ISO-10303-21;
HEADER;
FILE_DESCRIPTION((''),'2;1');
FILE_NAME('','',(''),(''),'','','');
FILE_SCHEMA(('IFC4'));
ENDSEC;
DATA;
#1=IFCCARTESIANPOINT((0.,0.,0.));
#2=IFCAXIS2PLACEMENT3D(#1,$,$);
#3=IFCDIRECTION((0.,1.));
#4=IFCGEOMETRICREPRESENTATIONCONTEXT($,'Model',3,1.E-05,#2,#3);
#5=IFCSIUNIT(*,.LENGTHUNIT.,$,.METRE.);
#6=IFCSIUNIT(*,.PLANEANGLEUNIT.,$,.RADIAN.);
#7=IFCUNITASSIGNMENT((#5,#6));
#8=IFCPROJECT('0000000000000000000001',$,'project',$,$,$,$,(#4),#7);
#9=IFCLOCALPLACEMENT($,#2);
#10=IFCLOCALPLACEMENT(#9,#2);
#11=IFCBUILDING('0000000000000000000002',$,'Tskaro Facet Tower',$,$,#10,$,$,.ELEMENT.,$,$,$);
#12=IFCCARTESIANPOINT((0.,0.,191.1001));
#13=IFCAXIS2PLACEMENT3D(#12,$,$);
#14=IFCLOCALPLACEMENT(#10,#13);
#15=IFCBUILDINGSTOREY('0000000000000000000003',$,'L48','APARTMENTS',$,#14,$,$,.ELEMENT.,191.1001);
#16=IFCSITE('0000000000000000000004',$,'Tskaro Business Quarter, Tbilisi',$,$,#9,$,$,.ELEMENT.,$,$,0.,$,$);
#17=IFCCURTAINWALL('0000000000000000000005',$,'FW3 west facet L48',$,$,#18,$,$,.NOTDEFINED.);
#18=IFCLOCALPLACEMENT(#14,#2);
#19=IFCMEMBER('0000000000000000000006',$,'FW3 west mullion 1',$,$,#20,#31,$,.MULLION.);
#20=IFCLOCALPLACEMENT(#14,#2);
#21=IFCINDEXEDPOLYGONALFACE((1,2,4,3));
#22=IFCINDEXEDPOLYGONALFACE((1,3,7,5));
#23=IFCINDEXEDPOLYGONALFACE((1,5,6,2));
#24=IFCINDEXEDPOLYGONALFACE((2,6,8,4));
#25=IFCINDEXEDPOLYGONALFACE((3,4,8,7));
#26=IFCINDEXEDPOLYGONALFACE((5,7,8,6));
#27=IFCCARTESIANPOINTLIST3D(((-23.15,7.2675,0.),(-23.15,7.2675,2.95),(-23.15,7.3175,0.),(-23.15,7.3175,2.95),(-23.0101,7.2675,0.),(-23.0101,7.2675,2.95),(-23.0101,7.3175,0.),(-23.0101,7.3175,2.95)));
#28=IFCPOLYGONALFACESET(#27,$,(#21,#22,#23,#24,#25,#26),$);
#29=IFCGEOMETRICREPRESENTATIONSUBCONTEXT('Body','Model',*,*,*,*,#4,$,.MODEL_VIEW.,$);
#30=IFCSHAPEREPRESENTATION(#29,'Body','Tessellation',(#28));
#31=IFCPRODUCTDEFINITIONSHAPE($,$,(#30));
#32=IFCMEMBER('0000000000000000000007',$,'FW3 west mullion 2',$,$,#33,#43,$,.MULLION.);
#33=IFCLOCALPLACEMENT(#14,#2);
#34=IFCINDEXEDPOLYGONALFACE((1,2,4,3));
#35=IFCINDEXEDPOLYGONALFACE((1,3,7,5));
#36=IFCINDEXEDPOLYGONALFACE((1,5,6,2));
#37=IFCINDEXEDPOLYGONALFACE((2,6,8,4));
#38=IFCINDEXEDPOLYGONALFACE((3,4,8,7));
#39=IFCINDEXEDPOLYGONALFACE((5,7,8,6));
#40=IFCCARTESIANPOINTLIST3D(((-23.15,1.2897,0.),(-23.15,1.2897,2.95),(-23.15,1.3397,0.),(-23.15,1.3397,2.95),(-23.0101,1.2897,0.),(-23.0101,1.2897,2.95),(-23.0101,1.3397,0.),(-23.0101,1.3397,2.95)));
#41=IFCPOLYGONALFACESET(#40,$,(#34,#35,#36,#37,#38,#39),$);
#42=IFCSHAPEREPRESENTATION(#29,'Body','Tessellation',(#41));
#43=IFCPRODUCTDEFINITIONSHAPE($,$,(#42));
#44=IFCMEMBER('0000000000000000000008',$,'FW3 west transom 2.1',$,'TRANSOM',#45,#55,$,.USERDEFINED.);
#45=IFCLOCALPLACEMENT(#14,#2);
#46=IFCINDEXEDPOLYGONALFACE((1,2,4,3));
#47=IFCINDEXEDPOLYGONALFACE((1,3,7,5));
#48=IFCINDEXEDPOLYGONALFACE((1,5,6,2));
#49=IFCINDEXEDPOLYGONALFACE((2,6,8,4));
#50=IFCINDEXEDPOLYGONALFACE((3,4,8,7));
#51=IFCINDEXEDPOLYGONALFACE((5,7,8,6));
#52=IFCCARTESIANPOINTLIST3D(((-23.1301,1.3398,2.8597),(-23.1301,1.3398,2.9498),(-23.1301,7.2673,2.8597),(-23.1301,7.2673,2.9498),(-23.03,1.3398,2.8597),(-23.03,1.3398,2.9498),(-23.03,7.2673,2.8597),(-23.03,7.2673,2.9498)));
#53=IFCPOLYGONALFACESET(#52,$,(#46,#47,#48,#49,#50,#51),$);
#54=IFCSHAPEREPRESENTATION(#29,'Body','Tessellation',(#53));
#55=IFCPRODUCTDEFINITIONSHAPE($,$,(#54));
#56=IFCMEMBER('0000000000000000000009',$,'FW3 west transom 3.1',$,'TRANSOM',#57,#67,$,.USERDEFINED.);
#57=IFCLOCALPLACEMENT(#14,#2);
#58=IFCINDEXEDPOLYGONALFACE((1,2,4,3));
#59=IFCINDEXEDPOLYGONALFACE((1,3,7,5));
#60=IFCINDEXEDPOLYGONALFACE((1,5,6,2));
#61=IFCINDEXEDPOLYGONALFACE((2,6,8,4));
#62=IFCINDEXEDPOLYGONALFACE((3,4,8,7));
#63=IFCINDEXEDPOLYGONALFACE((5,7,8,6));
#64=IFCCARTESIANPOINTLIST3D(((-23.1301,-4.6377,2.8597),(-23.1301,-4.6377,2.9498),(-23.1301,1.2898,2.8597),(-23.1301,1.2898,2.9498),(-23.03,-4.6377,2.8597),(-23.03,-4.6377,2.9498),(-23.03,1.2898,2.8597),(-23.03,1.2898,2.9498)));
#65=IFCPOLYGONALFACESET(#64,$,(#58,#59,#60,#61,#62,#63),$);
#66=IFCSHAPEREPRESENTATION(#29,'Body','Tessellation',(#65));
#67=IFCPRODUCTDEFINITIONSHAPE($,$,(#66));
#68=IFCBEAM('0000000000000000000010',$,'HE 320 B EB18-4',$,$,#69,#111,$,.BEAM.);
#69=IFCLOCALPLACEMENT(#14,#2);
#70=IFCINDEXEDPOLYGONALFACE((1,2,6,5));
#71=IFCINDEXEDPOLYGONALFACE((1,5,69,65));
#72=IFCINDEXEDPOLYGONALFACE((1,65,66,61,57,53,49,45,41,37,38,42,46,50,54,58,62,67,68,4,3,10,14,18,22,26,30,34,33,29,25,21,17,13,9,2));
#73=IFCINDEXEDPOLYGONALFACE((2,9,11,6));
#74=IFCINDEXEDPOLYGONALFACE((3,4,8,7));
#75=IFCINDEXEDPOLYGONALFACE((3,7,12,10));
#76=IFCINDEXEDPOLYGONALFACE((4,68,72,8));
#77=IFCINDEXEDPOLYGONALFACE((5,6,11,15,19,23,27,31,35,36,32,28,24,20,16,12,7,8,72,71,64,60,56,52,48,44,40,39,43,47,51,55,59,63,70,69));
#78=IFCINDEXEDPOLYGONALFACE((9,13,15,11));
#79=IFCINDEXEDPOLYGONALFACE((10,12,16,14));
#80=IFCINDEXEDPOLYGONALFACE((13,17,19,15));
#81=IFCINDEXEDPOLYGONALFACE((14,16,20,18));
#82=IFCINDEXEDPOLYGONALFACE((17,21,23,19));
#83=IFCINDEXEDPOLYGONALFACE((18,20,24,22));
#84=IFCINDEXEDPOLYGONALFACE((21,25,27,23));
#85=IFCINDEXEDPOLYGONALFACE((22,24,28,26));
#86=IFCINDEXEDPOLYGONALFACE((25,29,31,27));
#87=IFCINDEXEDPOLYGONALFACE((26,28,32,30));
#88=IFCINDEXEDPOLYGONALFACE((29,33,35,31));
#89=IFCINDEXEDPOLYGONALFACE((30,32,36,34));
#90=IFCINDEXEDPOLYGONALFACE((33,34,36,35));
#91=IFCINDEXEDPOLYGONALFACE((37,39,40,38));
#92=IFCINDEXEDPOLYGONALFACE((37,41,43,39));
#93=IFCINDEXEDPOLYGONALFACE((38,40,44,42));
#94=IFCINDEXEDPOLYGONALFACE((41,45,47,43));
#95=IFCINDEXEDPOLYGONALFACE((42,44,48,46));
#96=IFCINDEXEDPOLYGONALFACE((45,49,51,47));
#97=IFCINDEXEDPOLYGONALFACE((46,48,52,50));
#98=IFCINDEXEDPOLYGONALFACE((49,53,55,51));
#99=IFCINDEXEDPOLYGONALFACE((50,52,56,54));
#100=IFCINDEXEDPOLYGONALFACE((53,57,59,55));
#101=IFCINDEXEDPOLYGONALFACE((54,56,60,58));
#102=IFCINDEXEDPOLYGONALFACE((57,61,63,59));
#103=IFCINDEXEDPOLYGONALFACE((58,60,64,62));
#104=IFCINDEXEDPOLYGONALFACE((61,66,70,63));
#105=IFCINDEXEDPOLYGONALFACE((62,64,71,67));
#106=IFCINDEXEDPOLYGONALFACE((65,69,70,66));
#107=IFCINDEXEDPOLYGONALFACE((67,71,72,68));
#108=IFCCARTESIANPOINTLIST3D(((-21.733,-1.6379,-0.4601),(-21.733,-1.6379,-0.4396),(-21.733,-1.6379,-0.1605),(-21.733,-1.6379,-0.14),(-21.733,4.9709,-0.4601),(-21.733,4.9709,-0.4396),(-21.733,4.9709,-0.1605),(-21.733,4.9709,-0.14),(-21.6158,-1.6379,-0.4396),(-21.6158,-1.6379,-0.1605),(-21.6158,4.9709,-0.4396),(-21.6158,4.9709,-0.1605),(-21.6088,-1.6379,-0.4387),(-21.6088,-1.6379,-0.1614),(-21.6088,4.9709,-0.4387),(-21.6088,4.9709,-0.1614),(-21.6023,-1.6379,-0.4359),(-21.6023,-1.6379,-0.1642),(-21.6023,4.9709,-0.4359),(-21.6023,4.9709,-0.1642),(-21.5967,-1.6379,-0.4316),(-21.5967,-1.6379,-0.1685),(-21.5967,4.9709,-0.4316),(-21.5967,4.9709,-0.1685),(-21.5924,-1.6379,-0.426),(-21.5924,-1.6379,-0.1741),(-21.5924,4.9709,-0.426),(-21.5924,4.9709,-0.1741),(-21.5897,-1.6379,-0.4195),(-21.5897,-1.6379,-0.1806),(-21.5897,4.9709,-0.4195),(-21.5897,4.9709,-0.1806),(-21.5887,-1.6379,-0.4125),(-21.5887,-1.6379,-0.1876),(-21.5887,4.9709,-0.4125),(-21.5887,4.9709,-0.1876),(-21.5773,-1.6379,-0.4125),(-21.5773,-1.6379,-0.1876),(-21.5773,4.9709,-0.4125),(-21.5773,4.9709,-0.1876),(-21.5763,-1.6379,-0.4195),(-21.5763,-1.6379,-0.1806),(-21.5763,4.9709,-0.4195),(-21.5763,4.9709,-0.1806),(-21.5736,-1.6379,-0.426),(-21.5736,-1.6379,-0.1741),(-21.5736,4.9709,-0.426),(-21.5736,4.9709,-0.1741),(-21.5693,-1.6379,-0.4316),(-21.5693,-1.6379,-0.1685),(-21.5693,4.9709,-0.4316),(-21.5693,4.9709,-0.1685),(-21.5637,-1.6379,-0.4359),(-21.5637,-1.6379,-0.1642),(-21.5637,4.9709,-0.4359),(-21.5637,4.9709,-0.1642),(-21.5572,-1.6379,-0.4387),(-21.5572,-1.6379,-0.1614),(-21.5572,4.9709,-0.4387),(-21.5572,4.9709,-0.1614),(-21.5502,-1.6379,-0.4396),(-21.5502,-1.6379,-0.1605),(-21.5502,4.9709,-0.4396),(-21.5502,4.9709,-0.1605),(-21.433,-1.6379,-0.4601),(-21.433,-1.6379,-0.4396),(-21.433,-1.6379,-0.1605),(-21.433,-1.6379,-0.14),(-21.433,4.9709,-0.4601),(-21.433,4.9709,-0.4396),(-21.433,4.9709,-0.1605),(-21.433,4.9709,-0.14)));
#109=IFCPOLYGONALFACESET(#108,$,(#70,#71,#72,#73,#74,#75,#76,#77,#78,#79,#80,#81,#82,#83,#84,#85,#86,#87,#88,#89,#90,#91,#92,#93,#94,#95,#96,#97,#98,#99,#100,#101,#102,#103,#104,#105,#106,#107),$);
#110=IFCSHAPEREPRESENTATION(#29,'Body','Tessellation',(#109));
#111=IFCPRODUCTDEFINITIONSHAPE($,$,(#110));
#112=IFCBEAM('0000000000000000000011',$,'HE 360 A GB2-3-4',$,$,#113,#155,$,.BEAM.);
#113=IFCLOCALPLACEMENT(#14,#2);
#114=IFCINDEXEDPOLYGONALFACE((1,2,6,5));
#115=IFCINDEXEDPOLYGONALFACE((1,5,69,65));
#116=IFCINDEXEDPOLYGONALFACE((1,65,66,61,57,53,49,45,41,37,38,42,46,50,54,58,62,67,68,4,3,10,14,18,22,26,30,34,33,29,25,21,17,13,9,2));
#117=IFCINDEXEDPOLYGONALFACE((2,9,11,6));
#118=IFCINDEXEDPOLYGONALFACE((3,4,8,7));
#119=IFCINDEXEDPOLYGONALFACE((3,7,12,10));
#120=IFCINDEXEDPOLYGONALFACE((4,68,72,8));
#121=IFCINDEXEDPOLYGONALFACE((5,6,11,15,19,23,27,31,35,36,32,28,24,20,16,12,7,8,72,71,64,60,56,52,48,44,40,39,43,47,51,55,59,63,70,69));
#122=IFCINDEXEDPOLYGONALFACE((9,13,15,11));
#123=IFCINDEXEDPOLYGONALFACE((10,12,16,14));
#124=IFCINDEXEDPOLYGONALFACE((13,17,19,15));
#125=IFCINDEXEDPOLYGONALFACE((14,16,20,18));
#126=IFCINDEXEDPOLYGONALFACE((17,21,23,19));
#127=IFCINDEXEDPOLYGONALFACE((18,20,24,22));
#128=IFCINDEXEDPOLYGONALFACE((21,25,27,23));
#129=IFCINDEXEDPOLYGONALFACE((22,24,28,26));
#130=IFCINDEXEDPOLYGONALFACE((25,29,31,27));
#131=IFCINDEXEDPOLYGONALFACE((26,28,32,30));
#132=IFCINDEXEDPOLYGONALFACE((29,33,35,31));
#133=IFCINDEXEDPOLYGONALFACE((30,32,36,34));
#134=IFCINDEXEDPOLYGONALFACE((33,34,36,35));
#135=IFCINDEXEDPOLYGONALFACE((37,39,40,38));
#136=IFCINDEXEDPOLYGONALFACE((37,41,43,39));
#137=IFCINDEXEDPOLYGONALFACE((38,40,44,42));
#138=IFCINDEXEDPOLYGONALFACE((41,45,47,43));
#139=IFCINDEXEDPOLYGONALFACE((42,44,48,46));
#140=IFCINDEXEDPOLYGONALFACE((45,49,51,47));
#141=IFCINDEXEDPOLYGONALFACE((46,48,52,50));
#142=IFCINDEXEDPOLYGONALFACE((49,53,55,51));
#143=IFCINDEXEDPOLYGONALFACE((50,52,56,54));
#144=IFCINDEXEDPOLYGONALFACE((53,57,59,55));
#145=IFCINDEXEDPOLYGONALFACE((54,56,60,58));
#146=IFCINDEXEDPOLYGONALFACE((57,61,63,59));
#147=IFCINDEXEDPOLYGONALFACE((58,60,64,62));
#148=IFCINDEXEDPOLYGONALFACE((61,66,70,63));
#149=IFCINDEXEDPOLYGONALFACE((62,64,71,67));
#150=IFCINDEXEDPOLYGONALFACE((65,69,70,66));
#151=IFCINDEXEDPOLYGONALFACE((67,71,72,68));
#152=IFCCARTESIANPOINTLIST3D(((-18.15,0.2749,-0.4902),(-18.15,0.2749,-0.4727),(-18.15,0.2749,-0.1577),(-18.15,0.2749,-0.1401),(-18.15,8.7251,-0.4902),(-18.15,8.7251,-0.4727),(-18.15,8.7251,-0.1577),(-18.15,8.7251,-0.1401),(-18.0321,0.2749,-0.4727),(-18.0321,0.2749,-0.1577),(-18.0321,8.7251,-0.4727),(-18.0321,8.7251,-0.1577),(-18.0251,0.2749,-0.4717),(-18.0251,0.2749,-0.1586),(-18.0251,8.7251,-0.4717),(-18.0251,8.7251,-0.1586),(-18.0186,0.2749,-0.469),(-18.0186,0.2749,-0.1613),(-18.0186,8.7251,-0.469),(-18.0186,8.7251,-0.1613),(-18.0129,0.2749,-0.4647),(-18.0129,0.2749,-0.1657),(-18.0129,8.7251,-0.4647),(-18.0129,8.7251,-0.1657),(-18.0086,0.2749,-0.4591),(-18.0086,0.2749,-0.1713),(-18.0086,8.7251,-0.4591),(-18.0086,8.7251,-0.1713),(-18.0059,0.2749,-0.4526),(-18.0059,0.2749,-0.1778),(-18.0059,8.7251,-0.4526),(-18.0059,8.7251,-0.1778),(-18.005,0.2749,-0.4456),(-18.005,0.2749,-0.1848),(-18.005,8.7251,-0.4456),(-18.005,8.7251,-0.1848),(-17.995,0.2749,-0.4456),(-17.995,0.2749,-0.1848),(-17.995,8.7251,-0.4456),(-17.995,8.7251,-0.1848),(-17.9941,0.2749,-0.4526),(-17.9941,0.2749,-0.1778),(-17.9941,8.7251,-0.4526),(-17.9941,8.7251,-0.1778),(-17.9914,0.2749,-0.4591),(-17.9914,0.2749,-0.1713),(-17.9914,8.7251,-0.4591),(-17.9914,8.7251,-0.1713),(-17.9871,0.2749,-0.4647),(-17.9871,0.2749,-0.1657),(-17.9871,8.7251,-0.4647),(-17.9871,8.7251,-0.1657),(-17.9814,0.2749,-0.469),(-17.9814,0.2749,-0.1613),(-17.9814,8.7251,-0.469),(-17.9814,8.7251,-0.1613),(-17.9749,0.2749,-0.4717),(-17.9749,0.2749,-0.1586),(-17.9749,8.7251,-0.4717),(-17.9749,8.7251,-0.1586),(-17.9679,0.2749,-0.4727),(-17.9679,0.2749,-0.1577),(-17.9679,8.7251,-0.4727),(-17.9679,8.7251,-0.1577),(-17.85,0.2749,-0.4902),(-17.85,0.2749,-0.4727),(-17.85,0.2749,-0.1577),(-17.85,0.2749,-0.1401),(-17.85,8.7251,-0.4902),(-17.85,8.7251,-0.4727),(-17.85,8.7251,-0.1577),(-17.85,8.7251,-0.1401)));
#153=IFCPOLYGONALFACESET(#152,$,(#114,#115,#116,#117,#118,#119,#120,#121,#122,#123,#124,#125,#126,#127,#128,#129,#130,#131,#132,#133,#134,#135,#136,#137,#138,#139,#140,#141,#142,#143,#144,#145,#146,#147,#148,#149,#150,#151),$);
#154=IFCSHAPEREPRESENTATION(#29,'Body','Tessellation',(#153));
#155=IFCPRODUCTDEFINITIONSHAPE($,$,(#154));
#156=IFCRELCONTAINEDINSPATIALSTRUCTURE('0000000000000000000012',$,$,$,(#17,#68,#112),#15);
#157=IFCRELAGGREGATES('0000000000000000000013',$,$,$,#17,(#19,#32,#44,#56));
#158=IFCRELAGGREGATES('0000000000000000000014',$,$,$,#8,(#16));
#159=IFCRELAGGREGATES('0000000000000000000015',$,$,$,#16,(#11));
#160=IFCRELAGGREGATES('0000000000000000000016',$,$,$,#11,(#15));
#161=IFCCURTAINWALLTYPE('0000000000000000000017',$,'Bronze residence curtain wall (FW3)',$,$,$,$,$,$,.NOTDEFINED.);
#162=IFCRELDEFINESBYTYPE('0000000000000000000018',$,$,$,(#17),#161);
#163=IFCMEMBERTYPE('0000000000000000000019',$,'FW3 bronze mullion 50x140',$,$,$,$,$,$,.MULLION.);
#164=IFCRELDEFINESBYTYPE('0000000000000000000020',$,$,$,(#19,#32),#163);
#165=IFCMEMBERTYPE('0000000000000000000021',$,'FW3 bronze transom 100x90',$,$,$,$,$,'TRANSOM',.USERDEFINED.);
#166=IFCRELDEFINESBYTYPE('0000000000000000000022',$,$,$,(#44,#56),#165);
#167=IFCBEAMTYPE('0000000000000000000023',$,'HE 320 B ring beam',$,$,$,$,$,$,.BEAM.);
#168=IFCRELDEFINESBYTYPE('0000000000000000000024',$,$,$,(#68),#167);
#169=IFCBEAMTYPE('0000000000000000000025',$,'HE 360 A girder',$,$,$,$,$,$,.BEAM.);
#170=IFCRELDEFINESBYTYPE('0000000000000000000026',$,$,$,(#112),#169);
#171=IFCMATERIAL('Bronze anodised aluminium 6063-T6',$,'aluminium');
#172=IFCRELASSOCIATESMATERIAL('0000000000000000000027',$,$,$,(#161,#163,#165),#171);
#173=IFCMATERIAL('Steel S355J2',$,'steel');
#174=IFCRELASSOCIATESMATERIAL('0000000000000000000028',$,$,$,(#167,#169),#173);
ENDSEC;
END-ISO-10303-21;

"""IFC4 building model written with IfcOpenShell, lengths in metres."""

from ifc_helpers import new_model, si_unit, direction, frame, origin, origin_2d, place, context, subcontext, project, spatial, rectangle, i_section, extrude, material, material_profile, profile_set, type_object, element, aggregate, save


model = new_model("IFC4")

# Units and contexts
model_context = context("Model", 3, precision=1e-05, world=origin(), true_north=direction((0.0, 1.0)))
body_context = subcontext(model_context, "Body", "Model", "MODEL_VIEW")
ifc_project = project(units=[si_unit("LENGTHUNIT", "METRE"), si_unit("PLANEANGLEUNIT", "RADIAN")], contexts=[model_context])

# Site, building, storey
site_placement = place(None, origin())
site = spatial("IfcSite", under=ifc_project, at=site_placement, Name="Tskaro Business Quarter, Tbilisi", CompositionType="ELEMENT", RefElevation=0.0)
building_placement = place(site_placement, origin())
building = spatial("IfcBuilding", under=site, at=building_placement, Name="Tskaro Facet Tower", CompositionType="ELEMENT")
storey_placement = place(building_placement, frame((0.0, 0.0, 191.1001)))
storey = spatial("IfcBuildingStorey", under=building, at=storey_placement, Name="L48", Description="APARTMENTS", CompositionType="ELEMENT", Elevation=191.1001)

# Curtain wall, members
ifc_material_1 = material(Name="Bronze anodised aluminium 6063-T6", Category="aluminium")
curtain_wall_type = type_object("IfcCurtainWallType", Name="Bronze residence curtain wall (FW3)", PredefinedType="NOTDEFINED", material=ifc_material_1)
curtain_wall_placement = place(storey_placement, origin())
curtain_wall = element("IfcCurtainWall", 1, at=curtain_wall_placement, inside=storey, type_object=curtain_wall_type, Name="FW3 west facet L48", PredefinedType="NOTDEFINED")
ifc_material_profile_1 = material_profile(ifc_material_1, rectangle(XDim=0.05, YDim=0.1399, at=origin_2d()), Name="Mullion 50x140")
ifc_profile_set_1 = profile_set([ifc_material_profile_1], Name="Bronze anodised aluminium 6063-T6")
member_type_1 = type_object("IfcMemberType", Name="FW3 bronze mullion 50x140", PredefinedType="MULLION", material=ifc_profile_set_1)
member_1_placement = place(storey_placement, frame((-23.0801, 7.2925, 0.0), z_axis=(0.0, 0.0, 1.0), x_axis=(0.0, -1.0, 0.0)))
member_1 = element("IfcMember", 2, at=member_1_placement, type_object=member_type_1, Name="FW3 west mullion 1", PredefinedType="MULLION", context=body_context, shape_type="SweptSolid", body=[
    extrude(rectangle(XDim=0.05, YDim=0.1399, at=origin_2d()), origin(), (0.0, 0.0, 1.0), 2.95),
])
member_2_placement = place(storey_placement, frame((-23.0801, 1.3147, 0.0), z_axis=(0.0, 0.0, 1.0), x_axis=(0.0, -1.0, 0.0)))
member_2 = element("IfcMember", 3, at=member_2_placement, type_object=member_type_1, Name="FW3 west mullion 2", PredefinedType="MULLION", context=body_context, shape_type="SweptSolid", body=[
    extrude(rectangle(XDim=0.05, YDim=0.1399, at=origin_2d()), origin(), (0.0, 0.0, 1.0), 2.95),
])
ifc_material_profile_2 = material_profile(ifc_material_1, rectangle(XDim=0.1001, YDim=0.0901, at=origin_2d()), Name="Transom 100x90")
ifc_profile_set_2 = profile_set([ifc_material_profile_2], Name="Bronze anodised aluminium 6063-T6")
member_type_2 = type_object("IfcMemberType", Name="FW3 bronze transom 100x90", ElementType="TRANSOM", PredefinedType="USERDEFINED", material=ifc_profile_set_2)
member_3_placement = place(storey_placement, frame((-23.0801, 7.2673, 2.9048), z_axis=(0.0, -1.0, 0.0), x_axis=(1.0, 0.0, 0.0)))
member_3 = element("IfcMember", 4, at=member_3_placement, type_object=member_type_2, Name="FW3 west transom 2.1", ObjectType="TRANSOM", PredefinedType="USERDEFINED", context=body_context, shape_type="SweptSolid", body=[
    extrude(rectangle(XDim=0.1001, YDim=0.0901, at=origin_2d()), origin(), (0.0, 0.0, 1.0), 5.9275),
])
member_4_placement = place(storey_placement, frame((-23.0801, 1.2898, 2.9048), z_axis=(0.0, -1.0, 0.0), x_axis=(1.0, 0.0, 0.0)))
member_4 = element("IfcMember", 5, at=member_4_placement, type_object=member_type_2, Name="FW3 west transom 3.1", ObjectType="TRANSOM", PredefinedType="USERDEFINED", context=body_context, shape_type="SweptSolid", body=[
    extrude(rectangle(XDim=0.1001, YDim=0.0901, at=origin_2d()), origin(), (0.0, 0.0, 1.0), 5.9275),
])

# Beams
ifc_material_2 = material(Name="Steel S355J2", Category="steel")
ifc_material_profile_3 = material_profile(ifc_material_2, i_section(OverallWidth=0.3, OverallDepth=0.3201, WebThickness=0.0115, FlangeThickness=0.0205, FilletRadius=0.0271, at=origin_2d()), Name="HE 320 B")
ifc_profile_set_3 = profile_set([ifc_material_profile_3], Name="Steel S355J2")
beam_type_1 = type_object("IfcBeamType", Name="HE 320 B ring beam", PredefinedType="BEAM", material=ifc_profile_set_3)
beam_1_placement = place(storey_placement, frame((-21.583, 4.9709, -0.3), z_axis=(0.0, -1.0, 0.0), x_axis=(1.0, 0.0, 0.0)))
element("IfcBeam", 6, at=beam_1_placement, inside=storey, type_object=beam_type_1, Name="HE 320 B EB18-4", PredefinedType="BEAM", context=body_context, shape_type="SweptSolid", body=[
    extrude(i_section(OverallWidth=0.3, OverallDepth=0.3201, WebThickness=0.0115, FlangeThickness=0.0205, FilletRadius=0.0271, at=origin_2d()), origin(), (0.0, 0.0, 1.0), 6.6089),
])
ifc_material_profile_4 = material_profile(ifc_material_2, i_section(OverallWidth=0.3, OverallDepth=0.3501, WebThickness=0.01, FlangeThickness=0.0176, FilletRadius=0.0271, at=origin_2d()), Name="HE 360 A")
ifc_profile_set_4 = profile_set([ifc_material_profile_4], Name="Steel S355J2")
beam_type_2 = type_object("IfcBeamType", Name="HE 360 A girder", PredefinedType="BEAM", material=ifc_profile_set_4)
beam_2_placement = place(storey_placement, frame((-18.0, 0.2749, -0.3152), z_axis=(0.0, 1.0, 0.0), x_axis=(-1.0, 0.0, 0.0)))
element("IfcBeam", 7, at=beam_2_placement, inside=storey, type_object=beam_type_2, Name="HE 360 A GB2-3-4", PredefinedType="BEAM", context=body_context, shape_type="SweptSolid", body=[
    extrude(i_section(OverallWidth=0.3, OverallDepth=0.3501, WebThickness=0.01, FlangeThickness=0.0176, FilletRadius=0.0271, at=origin_2d()), origin(), (0.0, 0.0, 1.0), 8.4502),
])

aggregate(curtain_wall, [member_1, member_2, member_3, member_4])

save(model, "model.ifc")
